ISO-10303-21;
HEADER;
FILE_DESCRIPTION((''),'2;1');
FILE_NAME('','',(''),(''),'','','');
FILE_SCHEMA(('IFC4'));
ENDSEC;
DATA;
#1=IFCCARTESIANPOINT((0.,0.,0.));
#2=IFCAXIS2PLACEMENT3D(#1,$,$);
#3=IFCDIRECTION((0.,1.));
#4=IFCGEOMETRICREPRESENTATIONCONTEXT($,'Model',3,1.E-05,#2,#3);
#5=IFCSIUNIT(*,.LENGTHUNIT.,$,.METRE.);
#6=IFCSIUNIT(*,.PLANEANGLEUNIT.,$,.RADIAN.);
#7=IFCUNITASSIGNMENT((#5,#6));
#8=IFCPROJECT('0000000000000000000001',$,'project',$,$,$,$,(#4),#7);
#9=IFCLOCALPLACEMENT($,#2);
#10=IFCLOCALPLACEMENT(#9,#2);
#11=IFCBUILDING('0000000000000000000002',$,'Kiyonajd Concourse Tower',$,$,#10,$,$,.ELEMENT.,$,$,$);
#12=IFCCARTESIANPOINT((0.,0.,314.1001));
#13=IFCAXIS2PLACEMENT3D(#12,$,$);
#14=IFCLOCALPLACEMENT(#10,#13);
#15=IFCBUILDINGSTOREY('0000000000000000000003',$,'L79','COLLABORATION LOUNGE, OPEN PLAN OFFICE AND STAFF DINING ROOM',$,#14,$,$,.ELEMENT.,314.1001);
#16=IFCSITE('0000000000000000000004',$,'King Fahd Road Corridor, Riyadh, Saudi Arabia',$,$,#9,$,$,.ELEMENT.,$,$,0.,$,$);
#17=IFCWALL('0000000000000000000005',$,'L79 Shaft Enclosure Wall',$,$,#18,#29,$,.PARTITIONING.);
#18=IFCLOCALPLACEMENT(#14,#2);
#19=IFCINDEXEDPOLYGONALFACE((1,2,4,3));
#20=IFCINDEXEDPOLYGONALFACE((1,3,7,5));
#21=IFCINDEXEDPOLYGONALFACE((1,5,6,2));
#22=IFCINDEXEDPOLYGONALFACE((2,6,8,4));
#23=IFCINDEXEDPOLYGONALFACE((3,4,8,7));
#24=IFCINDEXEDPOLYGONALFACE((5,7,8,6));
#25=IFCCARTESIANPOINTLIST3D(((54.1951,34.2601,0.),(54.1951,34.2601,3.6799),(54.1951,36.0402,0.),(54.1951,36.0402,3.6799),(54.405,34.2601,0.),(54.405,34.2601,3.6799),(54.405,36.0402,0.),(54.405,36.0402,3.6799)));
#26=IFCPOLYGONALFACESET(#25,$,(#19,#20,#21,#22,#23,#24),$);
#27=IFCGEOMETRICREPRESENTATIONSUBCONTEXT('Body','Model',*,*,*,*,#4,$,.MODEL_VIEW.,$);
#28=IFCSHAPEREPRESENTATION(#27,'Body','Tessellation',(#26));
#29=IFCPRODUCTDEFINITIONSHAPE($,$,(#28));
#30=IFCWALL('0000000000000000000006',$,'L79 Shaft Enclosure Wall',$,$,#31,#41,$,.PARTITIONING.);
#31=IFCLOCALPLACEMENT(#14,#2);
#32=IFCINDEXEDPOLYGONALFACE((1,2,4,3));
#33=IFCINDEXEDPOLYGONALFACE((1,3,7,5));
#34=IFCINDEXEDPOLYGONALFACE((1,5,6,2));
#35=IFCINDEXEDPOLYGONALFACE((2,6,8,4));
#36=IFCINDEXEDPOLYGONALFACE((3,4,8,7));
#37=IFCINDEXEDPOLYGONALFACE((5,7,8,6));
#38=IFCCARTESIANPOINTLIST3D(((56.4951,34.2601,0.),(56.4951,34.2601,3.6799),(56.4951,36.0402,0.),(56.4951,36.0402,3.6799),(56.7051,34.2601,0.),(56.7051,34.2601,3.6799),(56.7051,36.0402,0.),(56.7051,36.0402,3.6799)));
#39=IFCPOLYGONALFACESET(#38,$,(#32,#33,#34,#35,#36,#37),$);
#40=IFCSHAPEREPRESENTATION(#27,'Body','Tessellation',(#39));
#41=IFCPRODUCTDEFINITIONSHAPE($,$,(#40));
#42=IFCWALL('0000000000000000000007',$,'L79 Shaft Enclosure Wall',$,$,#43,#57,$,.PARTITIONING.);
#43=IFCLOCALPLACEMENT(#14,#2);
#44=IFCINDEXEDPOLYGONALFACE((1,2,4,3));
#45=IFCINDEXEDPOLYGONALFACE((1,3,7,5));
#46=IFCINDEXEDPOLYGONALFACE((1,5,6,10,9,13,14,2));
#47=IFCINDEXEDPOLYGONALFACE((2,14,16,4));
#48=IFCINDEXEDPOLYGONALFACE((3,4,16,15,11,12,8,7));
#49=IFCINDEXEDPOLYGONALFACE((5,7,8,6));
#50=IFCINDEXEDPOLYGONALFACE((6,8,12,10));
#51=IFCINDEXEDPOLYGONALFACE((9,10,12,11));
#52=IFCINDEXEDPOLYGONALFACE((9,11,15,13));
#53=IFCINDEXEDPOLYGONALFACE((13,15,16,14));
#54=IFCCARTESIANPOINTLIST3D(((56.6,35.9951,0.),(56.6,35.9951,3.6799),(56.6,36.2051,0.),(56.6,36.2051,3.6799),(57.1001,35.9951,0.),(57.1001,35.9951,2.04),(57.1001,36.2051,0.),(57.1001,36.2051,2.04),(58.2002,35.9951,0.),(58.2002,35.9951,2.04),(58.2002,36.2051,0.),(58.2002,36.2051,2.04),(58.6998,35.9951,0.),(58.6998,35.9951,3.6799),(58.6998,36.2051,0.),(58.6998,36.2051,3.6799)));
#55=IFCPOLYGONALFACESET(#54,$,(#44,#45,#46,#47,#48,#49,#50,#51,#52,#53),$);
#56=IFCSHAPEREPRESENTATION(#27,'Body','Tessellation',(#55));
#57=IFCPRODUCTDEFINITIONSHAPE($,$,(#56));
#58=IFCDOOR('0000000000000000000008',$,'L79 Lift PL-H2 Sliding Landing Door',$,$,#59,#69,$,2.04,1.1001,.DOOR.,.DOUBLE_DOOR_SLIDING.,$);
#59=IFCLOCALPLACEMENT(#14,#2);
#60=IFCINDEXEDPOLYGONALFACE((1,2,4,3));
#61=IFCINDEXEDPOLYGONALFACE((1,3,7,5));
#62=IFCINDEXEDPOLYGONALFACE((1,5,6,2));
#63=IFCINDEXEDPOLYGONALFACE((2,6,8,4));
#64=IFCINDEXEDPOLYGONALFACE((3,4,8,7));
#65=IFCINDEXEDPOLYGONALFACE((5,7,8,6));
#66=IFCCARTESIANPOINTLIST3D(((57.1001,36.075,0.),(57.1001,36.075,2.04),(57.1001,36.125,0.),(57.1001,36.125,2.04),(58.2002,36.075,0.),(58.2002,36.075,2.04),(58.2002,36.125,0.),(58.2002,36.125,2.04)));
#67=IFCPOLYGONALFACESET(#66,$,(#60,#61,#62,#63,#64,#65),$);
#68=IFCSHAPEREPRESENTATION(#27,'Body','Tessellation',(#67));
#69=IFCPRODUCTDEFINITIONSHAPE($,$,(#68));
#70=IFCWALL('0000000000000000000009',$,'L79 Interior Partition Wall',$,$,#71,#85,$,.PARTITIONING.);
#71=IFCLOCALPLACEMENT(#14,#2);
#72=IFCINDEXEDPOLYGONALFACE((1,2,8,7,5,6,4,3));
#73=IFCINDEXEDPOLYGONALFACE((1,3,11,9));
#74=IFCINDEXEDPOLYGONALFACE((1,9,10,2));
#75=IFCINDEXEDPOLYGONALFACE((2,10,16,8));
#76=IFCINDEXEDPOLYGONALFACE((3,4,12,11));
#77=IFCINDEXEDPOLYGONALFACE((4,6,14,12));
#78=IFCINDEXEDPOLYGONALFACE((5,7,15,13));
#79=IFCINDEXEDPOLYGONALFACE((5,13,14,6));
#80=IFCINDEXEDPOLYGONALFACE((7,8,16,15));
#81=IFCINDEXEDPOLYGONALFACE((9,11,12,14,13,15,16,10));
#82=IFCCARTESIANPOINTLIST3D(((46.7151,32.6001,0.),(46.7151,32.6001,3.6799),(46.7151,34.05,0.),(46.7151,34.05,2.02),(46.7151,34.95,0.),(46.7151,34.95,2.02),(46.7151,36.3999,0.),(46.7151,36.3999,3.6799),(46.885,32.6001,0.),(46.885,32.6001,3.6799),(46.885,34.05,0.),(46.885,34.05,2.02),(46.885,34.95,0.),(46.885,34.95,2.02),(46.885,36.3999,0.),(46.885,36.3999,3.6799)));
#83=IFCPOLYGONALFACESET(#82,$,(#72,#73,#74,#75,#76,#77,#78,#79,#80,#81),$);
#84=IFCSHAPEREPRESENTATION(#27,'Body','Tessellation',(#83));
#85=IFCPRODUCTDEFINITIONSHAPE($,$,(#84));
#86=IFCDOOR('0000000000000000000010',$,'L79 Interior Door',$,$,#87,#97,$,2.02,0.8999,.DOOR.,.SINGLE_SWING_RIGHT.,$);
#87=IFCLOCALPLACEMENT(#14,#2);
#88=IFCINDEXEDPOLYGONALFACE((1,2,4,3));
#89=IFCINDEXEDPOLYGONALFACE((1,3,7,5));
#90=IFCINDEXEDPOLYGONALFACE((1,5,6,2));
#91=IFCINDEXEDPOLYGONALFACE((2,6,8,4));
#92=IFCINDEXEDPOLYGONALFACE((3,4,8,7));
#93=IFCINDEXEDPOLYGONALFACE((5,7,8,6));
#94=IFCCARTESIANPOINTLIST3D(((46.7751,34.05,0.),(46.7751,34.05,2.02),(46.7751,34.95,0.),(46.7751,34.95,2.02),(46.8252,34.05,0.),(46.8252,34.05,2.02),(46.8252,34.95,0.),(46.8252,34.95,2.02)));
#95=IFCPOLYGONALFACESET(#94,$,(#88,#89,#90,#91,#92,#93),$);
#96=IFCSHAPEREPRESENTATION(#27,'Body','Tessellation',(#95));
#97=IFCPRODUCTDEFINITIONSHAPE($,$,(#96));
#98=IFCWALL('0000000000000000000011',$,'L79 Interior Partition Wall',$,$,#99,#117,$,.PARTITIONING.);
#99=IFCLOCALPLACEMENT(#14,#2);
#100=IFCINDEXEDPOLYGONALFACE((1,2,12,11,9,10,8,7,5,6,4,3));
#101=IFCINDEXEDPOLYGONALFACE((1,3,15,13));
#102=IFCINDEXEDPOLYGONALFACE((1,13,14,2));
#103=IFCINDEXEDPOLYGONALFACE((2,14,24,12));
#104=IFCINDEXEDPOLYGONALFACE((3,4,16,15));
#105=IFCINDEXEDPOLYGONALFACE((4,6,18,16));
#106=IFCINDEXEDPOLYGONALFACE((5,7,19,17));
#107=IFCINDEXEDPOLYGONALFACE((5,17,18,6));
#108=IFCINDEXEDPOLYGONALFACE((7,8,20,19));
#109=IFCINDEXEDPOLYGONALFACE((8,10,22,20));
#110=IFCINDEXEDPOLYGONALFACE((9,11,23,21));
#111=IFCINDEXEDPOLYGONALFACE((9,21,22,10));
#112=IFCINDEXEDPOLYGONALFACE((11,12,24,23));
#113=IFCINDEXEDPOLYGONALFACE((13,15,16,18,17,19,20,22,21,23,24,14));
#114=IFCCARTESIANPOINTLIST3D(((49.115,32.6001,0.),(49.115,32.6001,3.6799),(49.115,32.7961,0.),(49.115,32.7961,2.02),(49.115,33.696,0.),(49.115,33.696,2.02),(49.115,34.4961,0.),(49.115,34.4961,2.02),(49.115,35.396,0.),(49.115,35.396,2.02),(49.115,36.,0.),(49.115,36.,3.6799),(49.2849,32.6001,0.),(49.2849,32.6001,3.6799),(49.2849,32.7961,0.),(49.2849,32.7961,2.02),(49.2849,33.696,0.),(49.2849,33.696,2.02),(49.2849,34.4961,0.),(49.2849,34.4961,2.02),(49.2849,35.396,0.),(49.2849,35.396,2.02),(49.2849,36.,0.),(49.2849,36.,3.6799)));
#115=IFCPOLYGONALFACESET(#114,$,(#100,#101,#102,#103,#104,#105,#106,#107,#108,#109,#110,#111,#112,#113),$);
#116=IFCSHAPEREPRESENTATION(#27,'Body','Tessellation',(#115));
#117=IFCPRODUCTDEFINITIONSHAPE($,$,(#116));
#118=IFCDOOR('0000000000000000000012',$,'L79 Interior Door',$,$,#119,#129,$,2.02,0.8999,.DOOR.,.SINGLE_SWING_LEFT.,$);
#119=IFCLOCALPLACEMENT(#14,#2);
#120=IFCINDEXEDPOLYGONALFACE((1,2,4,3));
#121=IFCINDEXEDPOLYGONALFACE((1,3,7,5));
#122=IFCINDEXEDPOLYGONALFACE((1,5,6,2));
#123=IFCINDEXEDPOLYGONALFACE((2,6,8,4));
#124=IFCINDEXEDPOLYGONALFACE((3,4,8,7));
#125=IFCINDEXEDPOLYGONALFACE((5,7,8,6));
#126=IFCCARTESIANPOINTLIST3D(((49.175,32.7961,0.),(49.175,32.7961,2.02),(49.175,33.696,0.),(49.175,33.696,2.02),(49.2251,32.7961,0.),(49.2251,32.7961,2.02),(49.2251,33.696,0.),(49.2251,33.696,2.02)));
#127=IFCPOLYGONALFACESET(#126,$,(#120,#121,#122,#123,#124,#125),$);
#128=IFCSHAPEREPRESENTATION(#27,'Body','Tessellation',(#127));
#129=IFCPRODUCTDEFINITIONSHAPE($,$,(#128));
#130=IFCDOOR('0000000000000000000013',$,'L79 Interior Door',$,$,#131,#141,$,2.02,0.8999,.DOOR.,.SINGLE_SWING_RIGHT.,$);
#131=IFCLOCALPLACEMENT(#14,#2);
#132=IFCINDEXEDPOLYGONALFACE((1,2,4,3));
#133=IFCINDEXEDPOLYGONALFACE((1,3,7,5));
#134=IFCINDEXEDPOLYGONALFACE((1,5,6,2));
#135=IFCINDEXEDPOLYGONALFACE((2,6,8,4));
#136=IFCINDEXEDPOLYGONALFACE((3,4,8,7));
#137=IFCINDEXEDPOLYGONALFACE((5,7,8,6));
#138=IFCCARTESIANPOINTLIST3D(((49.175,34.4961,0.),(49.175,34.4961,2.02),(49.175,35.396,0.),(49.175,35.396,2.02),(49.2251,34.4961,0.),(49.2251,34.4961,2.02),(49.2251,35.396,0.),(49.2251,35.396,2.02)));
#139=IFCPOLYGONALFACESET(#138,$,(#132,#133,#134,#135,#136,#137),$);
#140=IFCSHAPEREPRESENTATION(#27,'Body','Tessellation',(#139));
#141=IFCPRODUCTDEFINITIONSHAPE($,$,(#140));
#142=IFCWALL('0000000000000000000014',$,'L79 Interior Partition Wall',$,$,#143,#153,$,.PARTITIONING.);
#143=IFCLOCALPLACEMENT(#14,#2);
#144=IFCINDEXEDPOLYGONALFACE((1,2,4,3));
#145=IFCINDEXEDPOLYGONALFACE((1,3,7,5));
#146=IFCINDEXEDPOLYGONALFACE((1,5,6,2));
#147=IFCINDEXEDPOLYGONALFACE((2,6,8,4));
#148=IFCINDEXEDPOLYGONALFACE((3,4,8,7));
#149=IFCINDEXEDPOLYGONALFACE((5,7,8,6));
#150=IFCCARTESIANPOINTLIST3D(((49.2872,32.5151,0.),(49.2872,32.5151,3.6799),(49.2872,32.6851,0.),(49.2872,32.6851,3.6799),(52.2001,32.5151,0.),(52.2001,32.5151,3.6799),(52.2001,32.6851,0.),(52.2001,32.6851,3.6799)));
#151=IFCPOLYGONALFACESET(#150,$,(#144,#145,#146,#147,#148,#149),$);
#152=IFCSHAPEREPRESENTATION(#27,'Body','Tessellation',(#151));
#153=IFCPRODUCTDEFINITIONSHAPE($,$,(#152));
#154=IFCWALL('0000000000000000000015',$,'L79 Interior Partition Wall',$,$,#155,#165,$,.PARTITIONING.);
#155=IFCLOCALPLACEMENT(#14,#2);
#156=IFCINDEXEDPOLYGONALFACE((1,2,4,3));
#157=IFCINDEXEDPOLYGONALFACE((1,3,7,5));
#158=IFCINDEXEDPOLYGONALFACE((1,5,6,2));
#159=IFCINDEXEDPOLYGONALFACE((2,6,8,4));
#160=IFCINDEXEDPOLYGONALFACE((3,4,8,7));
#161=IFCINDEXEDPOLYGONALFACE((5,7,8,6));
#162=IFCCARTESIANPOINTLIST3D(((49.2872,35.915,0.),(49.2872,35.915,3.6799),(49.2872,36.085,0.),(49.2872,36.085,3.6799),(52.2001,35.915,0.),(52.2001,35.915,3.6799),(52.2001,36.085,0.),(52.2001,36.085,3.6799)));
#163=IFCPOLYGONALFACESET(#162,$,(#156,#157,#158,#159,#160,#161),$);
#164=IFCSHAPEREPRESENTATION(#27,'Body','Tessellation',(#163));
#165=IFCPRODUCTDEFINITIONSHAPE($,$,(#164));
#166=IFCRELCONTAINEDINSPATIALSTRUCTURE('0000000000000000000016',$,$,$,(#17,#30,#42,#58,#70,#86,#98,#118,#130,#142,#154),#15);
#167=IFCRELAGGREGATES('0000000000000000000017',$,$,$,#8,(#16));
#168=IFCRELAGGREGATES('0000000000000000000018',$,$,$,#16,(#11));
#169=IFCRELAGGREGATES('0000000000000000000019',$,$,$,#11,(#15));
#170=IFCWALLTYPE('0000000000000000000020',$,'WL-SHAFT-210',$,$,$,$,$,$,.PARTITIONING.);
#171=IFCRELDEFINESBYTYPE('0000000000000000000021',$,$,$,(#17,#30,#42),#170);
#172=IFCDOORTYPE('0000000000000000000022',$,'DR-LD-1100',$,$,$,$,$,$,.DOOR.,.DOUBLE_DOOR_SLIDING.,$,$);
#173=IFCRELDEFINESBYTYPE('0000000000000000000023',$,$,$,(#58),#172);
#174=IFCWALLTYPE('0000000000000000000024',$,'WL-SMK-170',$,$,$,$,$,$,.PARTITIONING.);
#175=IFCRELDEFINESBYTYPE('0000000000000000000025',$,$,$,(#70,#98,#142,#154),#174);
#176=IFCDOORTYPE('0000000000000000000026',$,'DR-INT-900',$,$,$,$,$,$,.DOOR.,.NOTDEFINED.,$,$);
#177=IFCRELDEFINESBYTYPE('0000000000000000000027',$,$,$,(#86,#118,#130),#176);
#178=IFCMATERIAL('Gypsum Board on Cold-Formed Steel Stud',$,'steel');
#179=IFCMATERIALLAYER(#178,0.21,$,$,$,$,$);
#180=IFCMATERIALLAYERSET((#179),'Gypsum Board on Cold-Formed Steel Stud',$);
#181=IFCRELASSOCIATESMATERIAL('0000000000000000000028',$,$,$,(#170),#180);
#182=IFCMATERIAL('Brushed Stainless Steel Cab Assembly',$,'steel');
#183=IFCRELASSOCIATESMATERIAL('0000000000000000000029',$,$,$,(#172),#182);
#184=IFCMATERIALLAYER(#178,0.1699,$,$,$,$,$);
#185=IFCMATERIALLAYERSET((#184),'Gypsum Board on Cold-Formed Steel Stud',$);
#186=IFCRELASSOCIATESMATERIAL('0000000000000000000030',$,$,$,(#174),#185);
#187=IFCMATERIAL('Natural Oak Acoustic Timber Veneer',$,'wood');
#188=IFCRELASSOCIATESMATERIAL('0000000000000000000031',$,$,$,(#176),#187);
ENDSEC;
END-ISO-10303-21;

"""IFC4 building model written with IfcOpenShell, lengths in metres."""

from ifc_helpers import new_model, si_unit, direction, frame, frame_2d, origin, place, context, subcontext, project, spatial, rectangle, extrude, material, layer, layer_set, type_object, element, fill, save


model = new_model("IFC4")

# Units and contexts
model_context = context("Model", 3, precision=1e-05, world=origin(), true_north=direction((0.0, 1.0)))
body_context = subcontext(model_context, "Body", "Model", "MODEL_VIEW")
ifc_project = project(units=[si_unit("LENGTHUNIT", "METRE"), si_unit("PLANEANGLEUNIT", "RADIAN")], contexts=[model_context])

# Site, building, storey
site_placement = place(None, origin())
site = spatial("IfcSite", under=ifc_project, at=site_placement, Name="King Fahd Road Corridor, Riyadh, Saudi Arabia", CompositionType="ELEMENT", RefElevation=0.0)
building_placement = place(site_placement, origin())
building = spatial("IfcBuilding", under=site, at=building_placement, Name="Kiyonajd Concourse Tower", CompositionType="ELEMENT")
storey_placement = place(building_placement, frame((0.0, 0.0, 314.1001)))
storey = spatial("IfcBuildingStorey", under=building, at=storey_placement, Name="L79", Description="COLLABORATION LOUNGE, OPEN PLAN OFFICE AND STAFF DINING ROOM", CompositionType="ELEMENT", Elevation=314.1001)

# Shared definitions
ifc_material_1 = material(Name="Gypsum Board on Cold-Formed Steel Stud", Category="steel")

# Shared definitions
ifc_layer_1 = layer(ifc_material_1, 0.21)
ifc_layer_set_1 = layer_set([ifc_layer_1], Name="Gypsum Board on Cold-Formed Steel Stud")
wall_type_1 = type_object("IfcWallType", Name="WL-SHAFT-210", PredefinedType="PARTITIONING", material=ifc_layer_set_1)
ifc_material_2 = material(Name="Brushed Stainless Steel Cab Assembly", Category="steel")

# Shared definitions
door_type_1 = type_object("IfcDoorType", Name="DR-LD-1100", OperationType="DOUBLE_DOOR_SLIDING", PredefinedType="DOOR", material=ifc_material_2)

# Walls
for number, where, z_axis, x_axis, name in (
    (1, (54.3, 34.26, 0.0), (0.0, 0.0, 1.0), (0.0, 1.0, 0.0), "L79 Shaft Enclosure Wall"),
    (2, (56.6001, 34.26, 0.0), (0.0, 0.0, 1.0), (0.0, 1.0, 0.0), "L79 Shaft Enclosure Wall"),
):
    element("IfcWall", number, at=place(storey_placement, frame(where, z_axis=z_axis, x_axis=x_axis)), inside=storey, type_object=wall_type_1, Name=name, PredefinedType="PARTITIONING", context=body_context, shape_type="SweptSolid", body=[
        extrude(rectangle(XDim=1.78, YDim=0.21, at=frame_2d((0.8901, 0.0))), origin(), (0.0, 0.0, 1.0), 3.6799),
    ])

# Walls, openings, doors
wall_1_placement = place(storey_placement, frame((56.6001, 36.1001, 0.0), z_axis=(0.0, 0.0, 1.0), x_axis=(1.0, 0.0, 0.0)))
wall_1 = element("IfcWall", 3, at=wall_1_placement, inside=storey, type_object=wall_type_1, Name="L79 Shaft Enclosure Wall", PredefinedType="PARTITIONING", context=body_context, shape_type="SweptSolid", body=[
    extrude(rectangle(XDim=2.0999, YDim=0.21, at=frame_2d((1.0498, 0.0))), origin(), (0.0, 0.0, 1.0), 3.6799),
])
opening_1_placement = place(wall_1_placement, frame((0.5, 0.0, 0.0)))
opening_1 = element("IfcOpeningElement", 4, at=opening_1_placement, cuts=wall_1, PredefinedType="OPENING", context=body_context, shape_type="SweptSolid", body=[
    extrude(rectangle(XDim=1.1001, YDim=2.04, at=frame_2d((0.55, 1.02))), frame((0.0, 0.115, 0.0), z_axis=(0.0, -1.0, 0.0), x_axis=(1.0, 0.0, 0.0)), (0.0, 0.0, 1.0), 0.23),
])
door_1_placement = place(opening_1_placement, origin())
door_1 = element("IfcDoor", 5, at=door_1_placement, inside=storey, type_object=door_type_1, Name="L79 Lift PL-H2 Sliding Landing Door", OperationType="DOUBLE_DOOR_SLIDING", OverallHeight=2.04, OverallWidth=1.1001, PredefinedType="DOOR", context=body_context, shape_type="SweptSolid", body=[
    extrude(rectangle(XDim=1.1001, YDim=2.04, at=frame_2d((0.55, 1.02))), frame((0.0, 0.0249, 0.0), z_axis=(0.0, -1.0, 0.0), x_axis=(1.0, 0.0, 0.0)), (0.0, 0.0, 1.0), 0.05),
])
fill(opening_1, door_1)
ifc_layer_2 = layer(ifc_material_1, 0.1699)
ifc_layer_set_2 = layer_set([ifc_layer_2], Name="Gypsum Board on Cold-Formed Steel Stud")
wall_type_2 = type_object("IfcWallType", Name="WL-SMK-170", PredefinedType="PARTITIONING", material=ifc_layer_set_2)
wall_2_placement = place(storey_placement, frame((46.8, 32.6001, 0.0), z_axis=(0.0, 0.0, 1.0), x_axis=(0.0, 1.0, 0.0)))
wall_2 = element("IfcWall", 6, at=wall_2_placement, inside=storey, type_object=wall_type_2, Name="L79 Interior Partition Wall", PredefinedType="PARTITIONING", context=body_context, shape_type="SweptSolid", body=[
    extrude(rectangle(XDim=3.7998, YDim=0.1699, at=frame_2d((1.8999, 0.0))), origin(), (0.0, 0.0, 1.0), 3.6799),
])
opening_2_placement = place(wall_2_placement, frame((1.45, 0.0, 0.0)))
opening_2 = element("IfcOpeningElement", 7, at=opening_2_placement, cuts=wall_2, PredefinedType="OPENING", context=body_context, shape_type="SweptSolid", body=[
    extrude(rectangle(XDim=0.8999, YDim=2.02, at=frame_2d((0.45, 1.01))), frame((0.0, 0.095, 0.0), z_axis=(0.0, -1.0, 0.0), x_axis=(1.0, 0.0, 0.0)), (0.0, 0.0, 1.0), 0.1899),
])
ifc_material_3 = material(Name="Natural Oak Acoustic Timber Veneer", Category="wood")
door_type_2 = type_object("IfcDoorType", Name="DR-INT-900", OperationType="NOTDEFINED", PredefinedType="DOOR", material=ifc_material_3)
door_2_placement = place(opening_2_placement, origin())
door_2 = element("IfcDoor", 8, at=door_2_placement, inside=storey, type_object=door_type_2, Name="L79 Interior Door", OperationType="SINGLE_SWING_RIGHT", OverallHeight=2.02, OverallWidth=0.8999, PredefinedType="DOOR", context=body_context, shape_type="SweptSolid", body=[
    extrude(rectangle(XDim=0.8999, YDim=2.02, at=frame_2d((0.45, 1.01))), frame((0.0, 0.0249, 0.0), z_axis=(0.0, -1.0, 0.0), x_axis=(1.0, 0.0, 0.0)), (0.0, 0.0, 1.0), 0.05),
])
fill(opening_2, door_2)

# Wall, openings, doors
wall_3_placement = place(storey_placement, frame((49.2, 32.6001, 0.0), z_axis=(0.0, 0.0, 1.0), x_axis=(0.0, 1.0, 0.0)))
wall_3 = element("IfcWall", 9, at=wall_3_placement, inside=storey, type_object=wall_type_2, Name="L79 Interior Partition Wall", PredefinedType="PARTITIONING", context=body_context, shape_type="SweptSolid", body=[
    extrude(rectangle(XDim=3.3999, YDim=0.1699, at=frame_2d((1.7, 0.0))), origin(), (0.0, 0.0, 1.0), 3.6799),
])
opening_3_placement = place(wall_3_placement, frame((0.196, 0.0, 0.0)))
opening_3 = element("IfcOpeningElement", 10, at=opening_3_placement, cuts=wall_3, PredefinedType="OPENING", context=body_context, shape_type="SweptSolid", body=[
    extrude(rectangle(XDim=0.8999, YDim=2.02, at=frame_2d((0.45, 1.01))), frame((0.0, 0.095, 0.0), z_axis=(0.0, -1.0, 0.0), x_axis=(1.0, 0.0, 0.0)), (0.0, 0.0, 1.0), 0.1899),
])
opening_4_placement = place(wall_3_placement, frame((1.896, 0.0, 0.0)))
opening_4 = element("IfcOpeningElement", 11, at=opening_4_placement, cuts=wall_3, PredefinedType="OPENING", context=body_context, shape_type="SweptSolid", body=[
    extrude(rectangle(XDim=0.8999, YDim=2.02, at=frame_2d((0.45, 1.01))), frame((0.0, 0.095, 0.0), z_axis=(0.0, -1.0, 0.0), x_axis=(1.0, 0.0, 0.0)), (0.0, 0.0, 1.0), 0.1899),
])
door_3_placement = place(opening_3_placement, origin())
door_3 = element("IfcDoor", 12, at=door_3_placement, inside=storey, type_object=door_type_2, Name="L79 Interior Door", OperationType="SINGLE_SWING_LEFT", OverallHeight=2.02, OverallWidth=0.8999, PredefinedType="DOOR", context=body_context, shape_type="SweptSolid", body=[
    extrude(rectangle(XDim=0.8999, YDim=2.02, at=frame_2d((0.45, 1.01))), frame((0.0, 0.0249, 0.0), z_axis=(0.0, -1.0, 0.0), x_axis=(1.0, 0.0, 0.0)), (0.0, 0.0, 1.0), 0.05),
])
fill(opening_3, door_3)
door_4_placement = place(opening_4_placement, origin())
door_4 = element("IfcDoor", 13, at=door_4_placement, inside=storey, type_object=door_type_2, Name="L79 Interior Door", OperationType="SINGLE_SWING_RIGHT", OverallHeight=2.02, OverallWidth=0.8999, PredefinedType="DOOR", context=body_context, shape_type="SweptSolid", body=[
    extrude(rectangle(XDim=0.8999, YDim=2.02, at=frame_2d((0.45, 1.01))), frame((0.0, 0.0249, 0.0), z_axis=(0.0, -1.0, 0.0), x_axis=(1.0, 0.0, 0.0)), (0.0, 0.0, 1.0), 0.05),
])
fill(opening_4, door_4)

# Walls
for number, where, z_axis, x_axis, name in (
    (14, (49.2871, 32.6001, 0.0), (0.0, 0.0, 1.0), (1.0, 0.0, 0.0), "L79 Interior Partition Wall"),
    (15, (49.2871, 36.0, 0.0), (0.0, 0.0, 1.0), (1.0, 0.0, 0.0), "L79 Interior Partition Wall"),
):
    element("IfcWall", number, at=place(storey_placement, frame(where, z_axis=z_axis, x_axis=x_axis)), inside=storey, type_object=wall_type_2, Name=name, PredefinedType="PARTITIONING", context=body_context, shape_type="SweptSolid", body=[
        extrude(rectangle(XDim=2.9128, YDim=0.1699, at=frame_2d((1.4565, 0.0))), origin(), (0.0, 0.0, 1.0), 3.6799),
    ])

save(model, "model.ifc")
